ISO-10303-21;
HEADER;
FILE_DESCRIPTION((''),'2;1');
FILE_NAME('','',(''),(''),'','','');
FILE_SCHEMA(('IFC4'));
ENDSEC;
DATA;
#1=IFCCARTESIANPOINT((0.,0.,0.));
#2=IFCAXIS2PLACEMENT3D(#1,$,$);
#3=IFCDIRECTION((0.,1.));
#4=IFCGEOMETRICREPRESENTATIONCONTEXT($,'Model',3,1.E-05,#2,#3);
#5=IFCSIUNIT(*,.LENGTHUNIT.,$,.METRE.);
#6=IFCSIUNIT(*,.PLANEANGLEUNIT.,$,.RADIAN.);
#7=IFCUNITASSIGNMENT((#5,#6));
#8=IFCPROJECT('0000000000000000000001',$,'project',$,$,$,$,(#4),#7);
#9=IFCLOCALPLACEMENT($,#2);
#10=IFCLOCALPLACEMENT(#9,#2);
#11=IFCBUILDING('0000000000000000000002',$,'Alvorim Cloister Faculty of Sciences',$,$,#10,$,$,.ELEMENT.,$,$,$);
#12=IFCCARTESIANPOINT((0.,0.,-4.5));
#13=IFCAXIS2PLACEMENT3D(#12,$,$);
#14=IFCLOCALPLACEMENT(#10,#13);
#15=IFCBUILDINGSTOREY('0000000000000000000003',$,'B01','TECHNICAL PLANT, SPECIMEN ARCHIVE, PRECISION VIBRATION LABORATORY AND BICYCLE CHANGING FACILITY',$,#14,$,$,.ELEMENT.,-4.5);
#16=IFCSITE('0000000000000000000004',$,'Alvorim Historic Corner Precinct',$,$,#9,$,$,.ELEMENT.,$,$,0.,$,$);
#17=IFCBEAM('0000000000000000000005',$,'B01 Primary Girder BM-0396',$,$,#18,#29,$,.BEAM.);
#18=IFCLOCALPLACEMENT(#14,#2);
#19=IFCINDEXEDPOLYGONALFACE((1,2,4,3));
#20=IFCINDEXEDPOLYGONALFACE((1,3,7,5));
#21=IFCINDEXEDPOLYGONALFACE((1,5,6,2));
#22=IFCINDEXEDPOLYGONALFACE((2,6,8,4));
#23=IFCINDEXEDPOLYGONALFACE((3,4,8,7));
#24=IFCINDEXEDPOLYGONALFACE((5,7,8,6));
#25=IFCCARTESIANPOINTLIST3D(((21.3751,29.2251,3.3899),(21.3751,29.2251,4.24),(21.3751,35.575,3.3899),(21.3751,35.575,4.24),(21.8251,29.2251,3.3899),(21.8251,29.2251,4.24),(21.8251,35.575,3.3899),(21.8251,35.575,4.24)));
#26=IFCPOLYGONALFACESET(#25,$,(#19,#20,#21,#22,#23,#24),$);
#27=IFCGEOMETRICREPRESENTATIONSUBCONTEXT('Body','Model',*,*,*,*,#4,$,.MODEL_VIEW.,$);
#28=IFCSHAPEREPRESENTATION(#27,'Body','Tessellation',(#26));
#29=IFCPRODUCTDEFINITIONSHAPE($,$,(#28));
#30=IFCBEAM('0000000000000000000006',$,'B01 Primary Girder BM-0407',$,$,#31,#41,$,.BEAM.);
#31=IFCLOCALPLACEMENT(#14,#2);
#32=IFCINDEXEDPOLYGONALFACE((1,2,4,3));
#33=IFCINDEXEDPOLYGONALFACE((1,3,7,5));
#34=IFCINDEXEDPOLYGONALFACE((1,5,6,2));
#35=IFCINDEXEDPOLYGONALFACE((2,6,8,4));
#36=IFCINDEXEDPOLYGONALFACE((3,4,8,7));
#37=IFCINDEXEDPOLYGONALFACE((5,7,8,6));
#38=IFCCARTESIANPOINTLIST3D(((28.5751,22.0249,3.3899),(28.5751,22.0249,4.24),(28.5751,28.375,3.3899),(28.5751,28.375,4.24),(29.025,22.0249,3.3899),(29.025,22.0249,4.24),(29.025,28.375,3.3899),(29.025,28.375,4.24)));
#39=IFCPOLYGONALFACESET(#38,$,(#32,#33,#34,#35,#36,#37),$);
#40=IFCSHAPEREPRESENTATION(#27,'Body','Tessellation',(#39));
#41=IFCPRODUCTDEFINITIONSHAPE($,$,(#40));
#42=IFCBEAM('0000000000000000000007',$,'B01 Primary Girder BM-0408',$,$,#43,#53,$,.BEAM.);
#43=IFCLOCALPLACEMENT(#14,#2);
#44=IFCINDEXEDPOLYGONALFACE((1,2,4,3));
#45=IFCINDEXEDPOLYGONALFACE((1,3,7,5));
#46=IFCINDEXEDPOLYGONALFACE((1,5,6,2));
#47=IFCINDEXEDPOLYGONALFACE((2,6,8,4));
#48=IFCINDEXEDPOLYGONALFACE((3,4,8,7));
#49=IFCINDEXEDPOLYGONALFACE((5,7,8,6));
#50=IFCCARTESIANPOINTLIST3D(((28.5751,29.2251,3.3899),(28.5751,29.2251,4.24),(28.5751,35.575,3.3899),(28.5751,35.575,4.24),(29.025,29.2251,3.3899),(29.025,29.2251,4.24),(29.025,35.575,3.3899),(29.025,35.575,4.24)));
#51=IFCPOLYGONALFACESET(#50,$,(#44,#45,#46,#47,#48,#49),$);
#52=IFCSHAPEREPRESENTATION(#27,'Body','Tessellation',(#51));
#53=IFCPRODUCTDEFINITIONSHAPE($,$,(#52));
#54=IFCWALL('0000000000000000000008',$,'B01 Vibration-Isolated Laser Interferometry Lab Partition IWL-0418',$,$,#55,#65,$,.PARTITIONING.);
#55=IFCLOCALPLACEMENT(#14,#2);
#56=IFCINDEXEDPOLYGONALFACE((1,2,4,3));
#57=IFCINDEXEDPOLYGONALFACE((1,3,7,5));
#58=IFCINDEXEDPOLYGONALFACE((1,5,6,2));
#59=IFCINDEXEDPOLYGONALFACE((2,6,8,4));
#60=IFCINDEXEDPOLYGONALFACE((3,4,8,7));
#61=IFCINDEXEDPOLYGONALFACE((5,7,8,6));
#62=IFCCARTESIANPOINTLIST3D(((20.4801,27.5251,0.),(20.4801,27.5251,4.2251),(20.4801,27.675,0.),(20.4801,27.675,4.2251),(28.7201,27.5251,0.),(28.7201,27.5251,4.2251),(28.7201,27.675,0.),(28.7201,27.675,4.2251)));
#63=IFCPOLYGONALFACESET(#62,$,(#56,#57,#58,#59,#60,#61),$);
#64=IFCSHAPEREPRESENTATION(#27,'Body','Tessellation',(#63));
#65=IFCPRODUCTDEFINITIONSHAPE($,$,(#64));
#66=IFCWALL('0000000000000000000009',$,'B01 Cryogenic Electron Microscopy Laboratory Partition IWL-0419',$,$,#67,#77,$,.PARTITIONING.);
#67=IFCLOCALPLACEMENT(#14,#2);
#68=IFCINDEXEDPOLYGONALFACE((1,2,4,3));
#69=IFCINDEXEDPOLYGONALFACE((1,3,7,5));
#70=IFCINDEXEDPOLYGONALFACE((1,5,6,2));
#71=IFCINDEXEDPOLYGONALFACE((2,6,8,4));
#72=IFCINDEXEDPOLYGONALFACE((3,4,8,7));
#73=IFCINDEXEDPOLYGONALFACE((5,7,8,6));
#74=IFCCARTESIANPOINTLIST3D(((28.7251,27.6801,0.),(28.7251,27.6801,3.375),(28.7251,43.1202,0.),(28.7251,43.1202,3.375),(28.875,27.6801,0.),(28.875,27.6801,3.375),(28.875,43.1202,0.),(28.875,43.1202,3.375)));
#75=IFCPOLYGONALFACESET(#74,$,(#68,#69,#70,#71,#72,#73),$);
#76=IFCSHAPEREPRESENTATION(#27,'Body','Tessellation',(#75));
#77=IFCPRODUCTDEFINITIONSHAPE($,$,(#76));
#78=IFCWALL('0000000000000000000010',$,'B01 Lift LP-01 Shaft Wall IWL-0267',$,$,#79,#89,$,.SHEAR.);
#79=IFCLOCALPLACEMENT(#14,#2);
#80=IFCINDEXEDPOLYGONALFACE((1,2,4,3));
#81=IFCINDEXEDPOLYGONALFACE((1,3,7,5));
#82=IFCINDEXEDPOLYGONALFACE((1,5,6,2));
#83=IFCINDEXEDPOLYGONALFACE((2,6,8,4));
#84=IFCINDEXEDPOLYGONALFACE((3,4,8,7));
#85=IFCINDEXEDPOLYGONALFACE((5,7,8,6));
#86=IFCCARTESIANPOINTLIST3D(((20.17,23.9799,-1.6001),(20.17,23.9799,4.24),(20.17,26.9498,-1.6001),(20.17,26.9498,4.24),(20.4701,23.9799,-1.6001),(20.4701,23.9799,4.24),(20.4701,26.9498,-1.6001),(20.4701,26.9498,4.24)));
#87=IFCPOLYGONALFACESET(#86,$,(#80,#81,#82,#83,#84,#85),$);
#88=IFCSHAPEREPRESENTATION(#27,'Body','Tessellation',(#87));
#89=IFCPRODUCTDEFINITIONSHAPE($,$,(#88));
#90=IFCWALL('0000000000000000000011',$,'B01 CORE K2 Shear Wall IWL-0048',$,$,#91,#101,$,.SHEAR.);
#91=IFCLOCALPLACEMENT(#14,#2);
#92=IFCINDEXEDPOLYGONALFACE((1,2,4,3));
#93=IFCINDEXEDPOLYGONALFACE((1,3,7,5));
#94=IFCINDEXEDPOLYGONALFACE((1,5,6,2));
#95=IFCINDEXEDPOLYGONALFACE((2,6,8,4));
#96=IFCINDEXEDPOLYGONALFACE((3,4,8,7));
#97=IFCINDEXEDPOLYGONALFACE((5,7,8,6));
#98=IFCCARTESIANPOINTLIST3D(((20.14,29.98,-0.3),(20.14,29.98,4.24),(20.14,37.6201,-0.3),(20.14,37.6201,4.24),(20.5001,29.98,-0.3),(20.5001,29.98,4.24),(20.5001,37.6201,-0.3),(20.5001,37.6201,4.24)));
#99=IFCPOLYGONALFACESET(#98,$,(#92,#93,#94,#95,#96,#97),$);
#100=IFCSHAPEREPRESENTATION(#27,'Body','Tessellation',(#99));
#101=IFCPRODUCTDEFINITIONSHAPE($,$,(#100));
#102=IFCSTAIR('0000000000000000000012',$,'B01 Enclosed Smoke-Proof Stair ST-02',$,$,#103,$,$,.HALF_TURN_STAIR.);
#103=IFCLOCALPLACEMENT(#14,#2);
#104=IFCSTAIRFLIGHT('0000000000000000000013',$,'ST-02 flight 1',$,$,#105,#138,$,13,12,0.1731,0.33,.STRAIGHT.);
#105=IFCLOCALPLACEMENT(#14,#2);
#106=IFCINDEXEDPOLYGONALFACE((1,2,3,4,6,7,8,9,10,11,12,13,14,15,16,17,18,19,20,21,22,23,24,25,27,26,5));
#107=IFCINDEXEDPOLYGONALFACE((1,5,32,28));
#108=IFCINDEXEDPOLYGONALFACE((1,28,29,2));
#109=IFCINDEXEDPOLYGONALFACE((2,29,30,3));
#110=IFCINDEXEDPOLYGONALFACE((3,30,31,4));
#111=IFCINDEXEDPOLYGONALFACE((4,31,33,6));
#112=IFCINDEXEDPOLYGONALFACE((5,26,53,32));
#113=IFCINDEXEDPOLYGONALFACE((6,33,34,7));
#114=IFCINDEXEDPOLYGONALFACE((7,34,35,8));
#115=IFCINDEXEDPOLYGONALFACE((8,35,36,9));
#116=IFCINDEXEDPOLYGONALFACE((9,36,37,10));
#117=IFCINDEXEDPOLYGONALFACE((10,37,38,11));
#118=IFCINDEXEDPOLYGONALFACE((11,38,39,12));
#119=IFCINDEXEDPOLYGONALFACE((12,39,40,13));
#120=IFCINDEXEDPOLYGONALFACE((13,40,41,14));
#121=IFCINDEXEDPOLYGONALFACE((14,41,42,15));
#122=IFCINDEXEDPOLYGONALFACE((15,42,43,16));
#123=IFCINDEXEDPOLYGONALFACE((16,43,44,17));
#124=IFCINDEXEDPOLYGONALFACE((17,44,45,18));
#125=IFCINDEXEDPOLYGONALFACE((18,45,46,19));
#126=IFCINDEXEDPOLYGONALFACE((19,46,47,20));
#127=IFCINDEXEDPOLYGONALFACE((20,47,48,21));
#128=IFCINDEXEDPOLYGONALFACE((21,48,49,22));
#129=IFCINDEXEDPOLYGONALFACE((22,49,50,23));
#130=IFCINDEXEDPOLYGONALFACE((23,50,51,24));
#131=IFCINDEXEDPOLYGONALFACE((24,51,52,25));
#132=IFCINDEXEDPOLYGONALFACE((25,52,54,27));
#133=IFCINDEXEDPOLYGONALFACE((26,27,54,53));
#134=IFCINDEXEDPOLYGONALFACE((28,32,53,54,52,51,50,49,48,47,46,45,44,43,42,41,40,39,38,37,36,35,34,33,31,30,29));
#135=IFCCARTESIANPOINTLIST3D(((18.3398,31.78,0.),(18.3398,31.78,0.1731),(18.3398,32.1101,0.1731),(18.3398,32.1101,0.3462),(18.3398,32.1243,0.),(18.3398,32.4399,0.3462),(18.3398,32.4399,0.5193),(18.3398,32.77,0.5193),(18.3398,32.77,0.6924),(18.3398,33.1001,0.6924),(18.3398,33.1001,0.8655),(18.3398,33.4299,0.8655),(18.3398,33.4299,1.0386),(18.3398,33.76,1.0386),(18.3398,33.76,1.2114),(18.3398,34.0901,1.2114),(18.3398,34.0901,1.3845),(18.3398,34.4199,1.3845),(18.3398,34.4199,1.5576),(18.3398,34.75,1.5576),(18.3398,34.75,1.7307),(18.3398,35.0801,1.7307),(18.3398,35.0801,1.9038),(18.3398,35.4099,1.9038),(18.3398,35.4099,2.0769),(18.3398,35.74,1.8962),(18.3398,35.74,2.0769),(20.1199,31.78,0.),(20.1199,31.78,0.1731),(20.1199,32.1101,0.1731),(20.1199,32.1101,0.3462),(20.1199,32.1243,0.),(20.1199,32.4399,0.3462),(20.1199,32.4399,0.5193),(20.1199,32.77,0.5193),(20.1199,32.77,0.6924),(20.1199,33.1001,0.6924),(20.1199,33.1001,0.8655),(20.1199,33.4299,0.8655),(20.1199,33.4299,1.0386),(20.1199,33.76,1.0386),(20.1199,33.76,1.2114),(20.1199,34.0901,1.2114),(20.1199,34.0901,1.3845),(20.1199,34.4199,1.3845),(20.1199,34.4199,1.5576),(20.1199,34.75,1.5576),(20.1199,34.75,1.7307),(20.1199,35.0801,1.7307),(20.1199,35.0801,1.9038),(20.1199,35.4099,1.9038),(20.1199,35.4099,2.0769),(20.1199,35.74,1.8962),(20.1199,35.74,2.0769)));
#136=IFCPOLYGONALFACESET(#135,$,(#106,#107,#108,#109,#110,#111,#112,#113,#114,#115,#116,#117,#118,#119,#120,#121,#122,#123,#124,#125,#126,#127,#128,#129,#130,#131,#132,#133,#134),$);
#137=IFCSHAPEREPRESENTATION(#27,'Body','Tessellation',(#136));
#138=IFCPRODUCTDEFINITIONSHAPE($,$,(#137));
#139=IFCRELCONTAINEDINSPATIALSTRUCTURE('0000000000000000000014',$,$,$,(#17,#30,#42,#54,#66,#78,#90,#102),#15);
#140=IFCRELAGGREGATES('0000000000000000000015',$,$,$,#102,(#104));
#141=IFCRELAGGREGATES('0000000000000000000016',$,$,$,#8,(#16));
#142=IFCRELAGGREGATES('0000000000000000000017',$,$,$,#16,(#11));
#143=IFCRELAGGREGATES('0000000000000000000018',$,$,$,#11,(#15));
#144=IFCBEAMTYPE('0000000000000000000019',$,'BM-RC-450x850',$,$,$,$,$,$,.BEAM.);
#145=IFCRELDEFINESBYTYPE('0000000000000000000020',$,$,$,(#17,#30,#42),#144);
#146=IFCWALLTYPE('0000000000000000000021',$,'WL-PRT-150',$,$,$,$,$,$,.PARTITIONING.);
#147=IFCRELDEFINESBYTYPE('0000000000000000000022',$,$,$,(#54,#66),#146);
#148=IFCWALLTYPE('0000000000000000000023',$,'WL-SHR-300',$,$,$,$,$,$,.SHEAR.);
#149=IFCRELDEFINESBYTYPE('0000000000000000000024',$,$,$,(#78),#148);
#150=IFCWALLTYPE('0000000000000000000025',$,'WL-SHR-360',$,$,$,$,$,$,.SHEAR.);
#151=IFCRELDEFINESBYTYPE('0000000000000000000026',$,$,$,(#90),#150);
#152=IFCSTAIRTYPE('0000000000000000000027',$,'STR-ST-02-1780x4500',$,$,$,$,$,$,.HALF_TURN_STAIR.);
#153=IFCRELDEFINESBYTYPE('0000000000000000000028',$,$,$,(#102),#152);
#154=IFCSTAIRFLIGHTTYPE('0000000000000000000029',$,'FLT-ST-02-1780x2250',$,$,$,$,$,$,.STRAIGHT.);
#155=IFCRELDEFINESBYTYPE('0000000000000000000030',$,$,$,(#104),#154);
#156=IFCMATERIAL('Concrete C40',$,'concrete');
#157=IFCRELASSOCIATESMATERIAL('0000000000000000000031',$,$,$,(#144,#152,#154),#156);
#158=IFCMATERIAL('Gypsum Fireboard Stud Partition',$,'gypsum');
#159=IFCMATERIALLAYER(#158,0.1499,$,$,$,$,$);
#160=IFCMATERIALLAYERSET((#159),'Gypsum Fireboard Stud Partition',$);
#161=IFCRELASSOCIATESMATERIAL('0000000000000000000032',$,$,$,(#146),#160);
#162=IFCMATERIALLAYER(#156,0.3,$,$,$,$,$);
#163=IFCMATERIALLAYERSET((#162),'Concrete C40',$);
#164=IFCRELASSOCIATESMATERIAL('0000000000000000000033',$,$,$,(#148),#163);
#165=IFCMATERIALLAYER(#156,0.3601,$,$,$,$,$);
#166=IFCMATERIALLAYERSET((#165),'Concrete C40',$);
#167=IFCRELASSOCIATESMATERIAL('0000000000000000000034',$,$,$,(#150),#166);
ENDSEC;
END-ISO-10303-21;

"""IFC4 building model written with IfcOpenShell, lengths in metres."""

from ifc_helpers import new_model, si_unit, direction, frame, frame_2d, origin, origin_2d, place, context, subcontext, project, spatial, polyline, rectangle, outline, extrude, material, layer, layer_set, material_profile, profile_set, type_object, element, aggregate, save


model = new_model("IFC4")

# Units and contexts
model_context = context("Model", 3, precision=1e-05, world=origin(), true_north=direction((0.0, 1.0)))
body_context = subcontext(model_context, "Body", "Model", "MODEL_VIEW")
ifc_project = project(units=[si_unit("LENGTHUNIT", "METRE"), si_unit("PLANEANGLEUNIT", "RADIAN")], contexts=[model_context])

# Site, building, storey
site_placement = place(None, origin())
site = spatial("IfcSite", under=ifc_project, at=site_placement, Name="Alvorim Historic Corner Precinct", CompositionType="ELEMENT", RefElevation=0.0)
building_placement = place(site_placement, origin())
building = spatial("IfcBuilding", under=site, at=building_placement, Name="Alvorim Cloister Faculty of Sciences", CompositionType="ELEMENT")
storey_placement = place(building_placement, frame((0.0, 0.0, -4.5)))
storey = spatial("IfcBuildingStorey", under=building, at=storey_placement, Name="B01", Description="TECHNICAL PLANT, SPECIMEN ARCHIVE, PRECISION VIBRATION LABORATORY AND BICYCLE CHANGING FACILITY", CompositionType="ELEMENT", Elevation=-4.5)

# Shared definitions
ifc_material_1 = material(Name="Concrete C40", Category="concrete")

# Beams
ifc_material_profile_1 = material_profile(ifc_material_1, rectangle(XDim=0.45, YDim=0.8501, at=origin_2d()), Name="RC40-BM-450x850")
ifc_profile_set_1 = profile_set([ifc_material_profile_1], Name="Concrete C40")
beam_type_1 = type_object("IfcBeamType", Name="BM-RC-450x850", PredefinedType="BEAM", material=ifc_profile_set_1)
beam_1_placement = place(storey_placement, frame((21.6001, 29.2251, 3.8149), z_axis=(0.0, 1.0, 0.0), x_axis=(-1.0, 0.0, 0.0)))
element("IfcBeam", 1, at=beam_1_placement, inside=storey, type_object=beam_type_1, Name="B01 Primary Girder BM-0396", PredefinedType="BEAM", context=body_context, shape_type="SweptSolid", body=[
    extrude(rectangle(XDim=0.45, YDim=0.8501, at=origin_2d()), origin(), (0.0, 0.0, 1.0), 6.3499),
])
beam_2_placement = place(storey_placement, frame((28.8, 22.0249, 3.8149), z_axis=(0.0, 1.0, 0.0), x_axis=(-1.0, 0.0, 0.0)))
element("IfcBeam", 2, at=beam_2_placement, inside=storey, type_object=beam_type_1, Name="B01 Primary Girder BM-0407", PredefinedType="BEAM", context=body_context, shape_type="SweptSolid", body=[
    extrude(rectangle(XDim=0.45, YDim=0.8501, at=origin_2d()), origin(), (0.0, 0.0, 1.0), 6.3501),
])
beam_3_placement = place(storey_placement, frame((28.8, 29.2251, 3.8149), z_axis=(0.0, 1.0, 0.0), x_axis=(-1.0, 0.0, 0.0)))
element("IfcBeam", 3, at=beam_3_placement, inside=storey, type_object=beam_type_1, Name="B01 Primary Girder BM-0408", PredefinedType="BEAM", context=body_context, shape_type="SweptSolid", body=[
    extrude(rectangle(XDim=0.45, YDim=0.8501, at=origin_2d()), origin(), (0.0, 0.0, 1.0), 6.3499),
])

# Walls
ifc_material_2 = material(Name="Gypsum Fireboard Stud Partition", Category="gypsum")
ifc_layer_1 = layer(ifc_material_2, 0.1499)
ifc_layer_set_1 = layer_set([ifc_layer_1], Name="Gypsum Fireboard Stud Partition")
wall_type_1 = type_object("IfcWallType", Name="WL-PRT-150", PredefinedType="PARTITIONING", material=ifc_layer_set_1)
wall_1_placement = place(storey_placement, frame((20.48, 27.6001, 0.0), z_axis=(0.0, 0.0, 1.0), x_axis=(1.0, 0.0, 0.0)))
element("IfcWall", 4, at=wall_1_placement, inside=storey, type_object=wall_type_1, Name="B01 Vibration-Isolated Laser Interferometry Lab Partition IWL-0418", PredefinedType="PARTITIONING", context=body_context, shape_type="SweptSolid", body=[
    extrude(rectangle(XDim=8.24, YDim=0.1499, at=frame_2d((4.1201, 0.0))), origin(), (0.0, 0.0, 1.0), 4.2251),
])
wall_2_placement = place(storey_placement, frame((28.8, 27.6799, 0.0), z_axis=(0.0, 0.0, 1.0), x_axis=(0.0, 1.0, 0.0)))
element("IfcWall", 5, at=wall_2_placement, inside=storey, type_object=wall_type_1, Name="B01 Cryogenic Electron Microscopy Laboratory Partition IWL-0419", PredefinedType="PARTITIONING", context=body_context, shape_type="SweptSolid", body=[
    extrude(rectangle(XDim=15.4402, YDim=0.1499, at=frame_2d((7.7202, 0.0))), origin(), (0.0, 0.0, 1.0), 3.375),
])
ifc_layer_2 = layer(ifc_material_1, 0.3)
ifc_layer_set_2 = layer_set([ifc_layer_2], Name="Concrete C40")
wall_type_2 = type_object("IfcWallType", Name="WL-SHR-300", PredefinedType="SHEAR", material=ifc_layer_set_2)
wall_3_placement = place(storey_placement, frame((20.3201, 23.98, -1.6001), z_axis=(0.0, 0.0, 1.0), x_axis=(0.0, 1.0, 0.0)))
element("IfcWall", 6, at=wall_3_placement, inside=storey, type_object=wall_type_2, Name="B01 Lift LP-01 Shaft Wall IWL-0267", PredefinedType="SHEAR", context=body_context, shape_type="SweptSolid", body=[
    extrude(rectangle(XDim=2.97, YDim=0.3, at=frame_2d((1.4849, 0.0))), origin(), (0.0, 0.0, 1.0), 5.8401),
])
ifc_layer_3 = layer(ifc_material_1, 0.3601)
ifc_layer_set_3 = layer_set([ifc_layer_3], Name="Concrete C40")
wall_type_3 = type_object("IfcWallType", Name="WL-SHR-360", PredefinedType="SHEAR", material=ifc_layer_set_3)
wall_4_placement = place(storey_placement, frame((20.3201, 29.98, -0.3), z_axis=(0.0, 0.0, 1.0), x_axis=(0.0, 1.0, 0.0)))
element("IfcWall", 7, at=wall_4_placement, inside=storey, type_object=wall_type_3, Name="B01 CORE K2 Shear Wall IWL-0048", PredefinedType="SHEAR", context=body_context, shape_type="SweptSolid", body=[
    extrude(rectangle(XDim=7.6401, YDim=0.3601, at=frame_2d((3.8201, 0.0))), origin(), (0.0, 0.0, 1.0), 4.54),
])

# Stair, stair flight
stair_type = type_object("IfcStairType", Name="STR-ST-02-1780x4500", PredefinedType="HALF_TURN_STAIR", material=ifc_material_1)
stair_placement = place(storey_placement, origin())
stair = element("IfcStair", 8, at=stair_placement, inside=storey, type_object=stair_type, Name="B01 Enclosed Smoke-Proof Stair ST-02", PredefinedType="HALF_TURN_STAIR")
stair_flight_type = type_object("IfcStairFlightType", Name="FLT-ST-02-1780x2250", PredefinedType="STRAIGHT", material=ifc_material_1)
stair_flight_placement = place(storey_placement, frame((19.23, 31.78, 0.0), z_axis=(0.0, 0.0, 1.0), x_axis=(0.0, 1.0, 0.0)))
stair_flight = element("IfcStairFlight", 9, at=stair_flight_placement, type_object=stair_flight_type, Name="ST-02 flight 1", NumberOfRisers=13, NumberOfTreads=12, PredefinedType="STRAIGHT", RiserHeight=0.1731, TreadLength=0.33, context=body_context, shape_type="SweptSolid", body=[
    extrude(outline(polyline([(0.3442, 0.0), (3.96, 1.8962), (3.96, 2.25), (3.96, 2.0769), (3.6299, 2.0769), (3.6299, 1.9038), (3.3, 1.9038), (3.3, 1.7307), (2.97, 1.7307), (2.97, 1.5576), (2.6399, 1.5576), (2.6399, 1.3845), (2.3101, 1.3845), (2.3101, 1.2114), (1.98, 1.2114), (1.98, 1.0386), (1.6499, 1.0386), (1.6499, 0.8655), (1.3201, 0.8655), (1.3201, 0.6924), (0.99, 0.6924), (0.99, 0.5193), (0.6599, 0.5193), (0.6599, 0.3462), (0.3301, 0.3462), (0.3301, 0.1731), (0.0, 0.1731), (0.0, 0.0), (0.3442, 0.0)])), frame((0.0, 0.8901, 0.0), z_axis=(0.0, -1.0, 0.0), x_axis=(1.0, 0.0, 0.0)), (0.0, 0.0, 1.0), 1.78),
])
aggregate(stair, [stair_flight])

save(model, "model.ifc")
